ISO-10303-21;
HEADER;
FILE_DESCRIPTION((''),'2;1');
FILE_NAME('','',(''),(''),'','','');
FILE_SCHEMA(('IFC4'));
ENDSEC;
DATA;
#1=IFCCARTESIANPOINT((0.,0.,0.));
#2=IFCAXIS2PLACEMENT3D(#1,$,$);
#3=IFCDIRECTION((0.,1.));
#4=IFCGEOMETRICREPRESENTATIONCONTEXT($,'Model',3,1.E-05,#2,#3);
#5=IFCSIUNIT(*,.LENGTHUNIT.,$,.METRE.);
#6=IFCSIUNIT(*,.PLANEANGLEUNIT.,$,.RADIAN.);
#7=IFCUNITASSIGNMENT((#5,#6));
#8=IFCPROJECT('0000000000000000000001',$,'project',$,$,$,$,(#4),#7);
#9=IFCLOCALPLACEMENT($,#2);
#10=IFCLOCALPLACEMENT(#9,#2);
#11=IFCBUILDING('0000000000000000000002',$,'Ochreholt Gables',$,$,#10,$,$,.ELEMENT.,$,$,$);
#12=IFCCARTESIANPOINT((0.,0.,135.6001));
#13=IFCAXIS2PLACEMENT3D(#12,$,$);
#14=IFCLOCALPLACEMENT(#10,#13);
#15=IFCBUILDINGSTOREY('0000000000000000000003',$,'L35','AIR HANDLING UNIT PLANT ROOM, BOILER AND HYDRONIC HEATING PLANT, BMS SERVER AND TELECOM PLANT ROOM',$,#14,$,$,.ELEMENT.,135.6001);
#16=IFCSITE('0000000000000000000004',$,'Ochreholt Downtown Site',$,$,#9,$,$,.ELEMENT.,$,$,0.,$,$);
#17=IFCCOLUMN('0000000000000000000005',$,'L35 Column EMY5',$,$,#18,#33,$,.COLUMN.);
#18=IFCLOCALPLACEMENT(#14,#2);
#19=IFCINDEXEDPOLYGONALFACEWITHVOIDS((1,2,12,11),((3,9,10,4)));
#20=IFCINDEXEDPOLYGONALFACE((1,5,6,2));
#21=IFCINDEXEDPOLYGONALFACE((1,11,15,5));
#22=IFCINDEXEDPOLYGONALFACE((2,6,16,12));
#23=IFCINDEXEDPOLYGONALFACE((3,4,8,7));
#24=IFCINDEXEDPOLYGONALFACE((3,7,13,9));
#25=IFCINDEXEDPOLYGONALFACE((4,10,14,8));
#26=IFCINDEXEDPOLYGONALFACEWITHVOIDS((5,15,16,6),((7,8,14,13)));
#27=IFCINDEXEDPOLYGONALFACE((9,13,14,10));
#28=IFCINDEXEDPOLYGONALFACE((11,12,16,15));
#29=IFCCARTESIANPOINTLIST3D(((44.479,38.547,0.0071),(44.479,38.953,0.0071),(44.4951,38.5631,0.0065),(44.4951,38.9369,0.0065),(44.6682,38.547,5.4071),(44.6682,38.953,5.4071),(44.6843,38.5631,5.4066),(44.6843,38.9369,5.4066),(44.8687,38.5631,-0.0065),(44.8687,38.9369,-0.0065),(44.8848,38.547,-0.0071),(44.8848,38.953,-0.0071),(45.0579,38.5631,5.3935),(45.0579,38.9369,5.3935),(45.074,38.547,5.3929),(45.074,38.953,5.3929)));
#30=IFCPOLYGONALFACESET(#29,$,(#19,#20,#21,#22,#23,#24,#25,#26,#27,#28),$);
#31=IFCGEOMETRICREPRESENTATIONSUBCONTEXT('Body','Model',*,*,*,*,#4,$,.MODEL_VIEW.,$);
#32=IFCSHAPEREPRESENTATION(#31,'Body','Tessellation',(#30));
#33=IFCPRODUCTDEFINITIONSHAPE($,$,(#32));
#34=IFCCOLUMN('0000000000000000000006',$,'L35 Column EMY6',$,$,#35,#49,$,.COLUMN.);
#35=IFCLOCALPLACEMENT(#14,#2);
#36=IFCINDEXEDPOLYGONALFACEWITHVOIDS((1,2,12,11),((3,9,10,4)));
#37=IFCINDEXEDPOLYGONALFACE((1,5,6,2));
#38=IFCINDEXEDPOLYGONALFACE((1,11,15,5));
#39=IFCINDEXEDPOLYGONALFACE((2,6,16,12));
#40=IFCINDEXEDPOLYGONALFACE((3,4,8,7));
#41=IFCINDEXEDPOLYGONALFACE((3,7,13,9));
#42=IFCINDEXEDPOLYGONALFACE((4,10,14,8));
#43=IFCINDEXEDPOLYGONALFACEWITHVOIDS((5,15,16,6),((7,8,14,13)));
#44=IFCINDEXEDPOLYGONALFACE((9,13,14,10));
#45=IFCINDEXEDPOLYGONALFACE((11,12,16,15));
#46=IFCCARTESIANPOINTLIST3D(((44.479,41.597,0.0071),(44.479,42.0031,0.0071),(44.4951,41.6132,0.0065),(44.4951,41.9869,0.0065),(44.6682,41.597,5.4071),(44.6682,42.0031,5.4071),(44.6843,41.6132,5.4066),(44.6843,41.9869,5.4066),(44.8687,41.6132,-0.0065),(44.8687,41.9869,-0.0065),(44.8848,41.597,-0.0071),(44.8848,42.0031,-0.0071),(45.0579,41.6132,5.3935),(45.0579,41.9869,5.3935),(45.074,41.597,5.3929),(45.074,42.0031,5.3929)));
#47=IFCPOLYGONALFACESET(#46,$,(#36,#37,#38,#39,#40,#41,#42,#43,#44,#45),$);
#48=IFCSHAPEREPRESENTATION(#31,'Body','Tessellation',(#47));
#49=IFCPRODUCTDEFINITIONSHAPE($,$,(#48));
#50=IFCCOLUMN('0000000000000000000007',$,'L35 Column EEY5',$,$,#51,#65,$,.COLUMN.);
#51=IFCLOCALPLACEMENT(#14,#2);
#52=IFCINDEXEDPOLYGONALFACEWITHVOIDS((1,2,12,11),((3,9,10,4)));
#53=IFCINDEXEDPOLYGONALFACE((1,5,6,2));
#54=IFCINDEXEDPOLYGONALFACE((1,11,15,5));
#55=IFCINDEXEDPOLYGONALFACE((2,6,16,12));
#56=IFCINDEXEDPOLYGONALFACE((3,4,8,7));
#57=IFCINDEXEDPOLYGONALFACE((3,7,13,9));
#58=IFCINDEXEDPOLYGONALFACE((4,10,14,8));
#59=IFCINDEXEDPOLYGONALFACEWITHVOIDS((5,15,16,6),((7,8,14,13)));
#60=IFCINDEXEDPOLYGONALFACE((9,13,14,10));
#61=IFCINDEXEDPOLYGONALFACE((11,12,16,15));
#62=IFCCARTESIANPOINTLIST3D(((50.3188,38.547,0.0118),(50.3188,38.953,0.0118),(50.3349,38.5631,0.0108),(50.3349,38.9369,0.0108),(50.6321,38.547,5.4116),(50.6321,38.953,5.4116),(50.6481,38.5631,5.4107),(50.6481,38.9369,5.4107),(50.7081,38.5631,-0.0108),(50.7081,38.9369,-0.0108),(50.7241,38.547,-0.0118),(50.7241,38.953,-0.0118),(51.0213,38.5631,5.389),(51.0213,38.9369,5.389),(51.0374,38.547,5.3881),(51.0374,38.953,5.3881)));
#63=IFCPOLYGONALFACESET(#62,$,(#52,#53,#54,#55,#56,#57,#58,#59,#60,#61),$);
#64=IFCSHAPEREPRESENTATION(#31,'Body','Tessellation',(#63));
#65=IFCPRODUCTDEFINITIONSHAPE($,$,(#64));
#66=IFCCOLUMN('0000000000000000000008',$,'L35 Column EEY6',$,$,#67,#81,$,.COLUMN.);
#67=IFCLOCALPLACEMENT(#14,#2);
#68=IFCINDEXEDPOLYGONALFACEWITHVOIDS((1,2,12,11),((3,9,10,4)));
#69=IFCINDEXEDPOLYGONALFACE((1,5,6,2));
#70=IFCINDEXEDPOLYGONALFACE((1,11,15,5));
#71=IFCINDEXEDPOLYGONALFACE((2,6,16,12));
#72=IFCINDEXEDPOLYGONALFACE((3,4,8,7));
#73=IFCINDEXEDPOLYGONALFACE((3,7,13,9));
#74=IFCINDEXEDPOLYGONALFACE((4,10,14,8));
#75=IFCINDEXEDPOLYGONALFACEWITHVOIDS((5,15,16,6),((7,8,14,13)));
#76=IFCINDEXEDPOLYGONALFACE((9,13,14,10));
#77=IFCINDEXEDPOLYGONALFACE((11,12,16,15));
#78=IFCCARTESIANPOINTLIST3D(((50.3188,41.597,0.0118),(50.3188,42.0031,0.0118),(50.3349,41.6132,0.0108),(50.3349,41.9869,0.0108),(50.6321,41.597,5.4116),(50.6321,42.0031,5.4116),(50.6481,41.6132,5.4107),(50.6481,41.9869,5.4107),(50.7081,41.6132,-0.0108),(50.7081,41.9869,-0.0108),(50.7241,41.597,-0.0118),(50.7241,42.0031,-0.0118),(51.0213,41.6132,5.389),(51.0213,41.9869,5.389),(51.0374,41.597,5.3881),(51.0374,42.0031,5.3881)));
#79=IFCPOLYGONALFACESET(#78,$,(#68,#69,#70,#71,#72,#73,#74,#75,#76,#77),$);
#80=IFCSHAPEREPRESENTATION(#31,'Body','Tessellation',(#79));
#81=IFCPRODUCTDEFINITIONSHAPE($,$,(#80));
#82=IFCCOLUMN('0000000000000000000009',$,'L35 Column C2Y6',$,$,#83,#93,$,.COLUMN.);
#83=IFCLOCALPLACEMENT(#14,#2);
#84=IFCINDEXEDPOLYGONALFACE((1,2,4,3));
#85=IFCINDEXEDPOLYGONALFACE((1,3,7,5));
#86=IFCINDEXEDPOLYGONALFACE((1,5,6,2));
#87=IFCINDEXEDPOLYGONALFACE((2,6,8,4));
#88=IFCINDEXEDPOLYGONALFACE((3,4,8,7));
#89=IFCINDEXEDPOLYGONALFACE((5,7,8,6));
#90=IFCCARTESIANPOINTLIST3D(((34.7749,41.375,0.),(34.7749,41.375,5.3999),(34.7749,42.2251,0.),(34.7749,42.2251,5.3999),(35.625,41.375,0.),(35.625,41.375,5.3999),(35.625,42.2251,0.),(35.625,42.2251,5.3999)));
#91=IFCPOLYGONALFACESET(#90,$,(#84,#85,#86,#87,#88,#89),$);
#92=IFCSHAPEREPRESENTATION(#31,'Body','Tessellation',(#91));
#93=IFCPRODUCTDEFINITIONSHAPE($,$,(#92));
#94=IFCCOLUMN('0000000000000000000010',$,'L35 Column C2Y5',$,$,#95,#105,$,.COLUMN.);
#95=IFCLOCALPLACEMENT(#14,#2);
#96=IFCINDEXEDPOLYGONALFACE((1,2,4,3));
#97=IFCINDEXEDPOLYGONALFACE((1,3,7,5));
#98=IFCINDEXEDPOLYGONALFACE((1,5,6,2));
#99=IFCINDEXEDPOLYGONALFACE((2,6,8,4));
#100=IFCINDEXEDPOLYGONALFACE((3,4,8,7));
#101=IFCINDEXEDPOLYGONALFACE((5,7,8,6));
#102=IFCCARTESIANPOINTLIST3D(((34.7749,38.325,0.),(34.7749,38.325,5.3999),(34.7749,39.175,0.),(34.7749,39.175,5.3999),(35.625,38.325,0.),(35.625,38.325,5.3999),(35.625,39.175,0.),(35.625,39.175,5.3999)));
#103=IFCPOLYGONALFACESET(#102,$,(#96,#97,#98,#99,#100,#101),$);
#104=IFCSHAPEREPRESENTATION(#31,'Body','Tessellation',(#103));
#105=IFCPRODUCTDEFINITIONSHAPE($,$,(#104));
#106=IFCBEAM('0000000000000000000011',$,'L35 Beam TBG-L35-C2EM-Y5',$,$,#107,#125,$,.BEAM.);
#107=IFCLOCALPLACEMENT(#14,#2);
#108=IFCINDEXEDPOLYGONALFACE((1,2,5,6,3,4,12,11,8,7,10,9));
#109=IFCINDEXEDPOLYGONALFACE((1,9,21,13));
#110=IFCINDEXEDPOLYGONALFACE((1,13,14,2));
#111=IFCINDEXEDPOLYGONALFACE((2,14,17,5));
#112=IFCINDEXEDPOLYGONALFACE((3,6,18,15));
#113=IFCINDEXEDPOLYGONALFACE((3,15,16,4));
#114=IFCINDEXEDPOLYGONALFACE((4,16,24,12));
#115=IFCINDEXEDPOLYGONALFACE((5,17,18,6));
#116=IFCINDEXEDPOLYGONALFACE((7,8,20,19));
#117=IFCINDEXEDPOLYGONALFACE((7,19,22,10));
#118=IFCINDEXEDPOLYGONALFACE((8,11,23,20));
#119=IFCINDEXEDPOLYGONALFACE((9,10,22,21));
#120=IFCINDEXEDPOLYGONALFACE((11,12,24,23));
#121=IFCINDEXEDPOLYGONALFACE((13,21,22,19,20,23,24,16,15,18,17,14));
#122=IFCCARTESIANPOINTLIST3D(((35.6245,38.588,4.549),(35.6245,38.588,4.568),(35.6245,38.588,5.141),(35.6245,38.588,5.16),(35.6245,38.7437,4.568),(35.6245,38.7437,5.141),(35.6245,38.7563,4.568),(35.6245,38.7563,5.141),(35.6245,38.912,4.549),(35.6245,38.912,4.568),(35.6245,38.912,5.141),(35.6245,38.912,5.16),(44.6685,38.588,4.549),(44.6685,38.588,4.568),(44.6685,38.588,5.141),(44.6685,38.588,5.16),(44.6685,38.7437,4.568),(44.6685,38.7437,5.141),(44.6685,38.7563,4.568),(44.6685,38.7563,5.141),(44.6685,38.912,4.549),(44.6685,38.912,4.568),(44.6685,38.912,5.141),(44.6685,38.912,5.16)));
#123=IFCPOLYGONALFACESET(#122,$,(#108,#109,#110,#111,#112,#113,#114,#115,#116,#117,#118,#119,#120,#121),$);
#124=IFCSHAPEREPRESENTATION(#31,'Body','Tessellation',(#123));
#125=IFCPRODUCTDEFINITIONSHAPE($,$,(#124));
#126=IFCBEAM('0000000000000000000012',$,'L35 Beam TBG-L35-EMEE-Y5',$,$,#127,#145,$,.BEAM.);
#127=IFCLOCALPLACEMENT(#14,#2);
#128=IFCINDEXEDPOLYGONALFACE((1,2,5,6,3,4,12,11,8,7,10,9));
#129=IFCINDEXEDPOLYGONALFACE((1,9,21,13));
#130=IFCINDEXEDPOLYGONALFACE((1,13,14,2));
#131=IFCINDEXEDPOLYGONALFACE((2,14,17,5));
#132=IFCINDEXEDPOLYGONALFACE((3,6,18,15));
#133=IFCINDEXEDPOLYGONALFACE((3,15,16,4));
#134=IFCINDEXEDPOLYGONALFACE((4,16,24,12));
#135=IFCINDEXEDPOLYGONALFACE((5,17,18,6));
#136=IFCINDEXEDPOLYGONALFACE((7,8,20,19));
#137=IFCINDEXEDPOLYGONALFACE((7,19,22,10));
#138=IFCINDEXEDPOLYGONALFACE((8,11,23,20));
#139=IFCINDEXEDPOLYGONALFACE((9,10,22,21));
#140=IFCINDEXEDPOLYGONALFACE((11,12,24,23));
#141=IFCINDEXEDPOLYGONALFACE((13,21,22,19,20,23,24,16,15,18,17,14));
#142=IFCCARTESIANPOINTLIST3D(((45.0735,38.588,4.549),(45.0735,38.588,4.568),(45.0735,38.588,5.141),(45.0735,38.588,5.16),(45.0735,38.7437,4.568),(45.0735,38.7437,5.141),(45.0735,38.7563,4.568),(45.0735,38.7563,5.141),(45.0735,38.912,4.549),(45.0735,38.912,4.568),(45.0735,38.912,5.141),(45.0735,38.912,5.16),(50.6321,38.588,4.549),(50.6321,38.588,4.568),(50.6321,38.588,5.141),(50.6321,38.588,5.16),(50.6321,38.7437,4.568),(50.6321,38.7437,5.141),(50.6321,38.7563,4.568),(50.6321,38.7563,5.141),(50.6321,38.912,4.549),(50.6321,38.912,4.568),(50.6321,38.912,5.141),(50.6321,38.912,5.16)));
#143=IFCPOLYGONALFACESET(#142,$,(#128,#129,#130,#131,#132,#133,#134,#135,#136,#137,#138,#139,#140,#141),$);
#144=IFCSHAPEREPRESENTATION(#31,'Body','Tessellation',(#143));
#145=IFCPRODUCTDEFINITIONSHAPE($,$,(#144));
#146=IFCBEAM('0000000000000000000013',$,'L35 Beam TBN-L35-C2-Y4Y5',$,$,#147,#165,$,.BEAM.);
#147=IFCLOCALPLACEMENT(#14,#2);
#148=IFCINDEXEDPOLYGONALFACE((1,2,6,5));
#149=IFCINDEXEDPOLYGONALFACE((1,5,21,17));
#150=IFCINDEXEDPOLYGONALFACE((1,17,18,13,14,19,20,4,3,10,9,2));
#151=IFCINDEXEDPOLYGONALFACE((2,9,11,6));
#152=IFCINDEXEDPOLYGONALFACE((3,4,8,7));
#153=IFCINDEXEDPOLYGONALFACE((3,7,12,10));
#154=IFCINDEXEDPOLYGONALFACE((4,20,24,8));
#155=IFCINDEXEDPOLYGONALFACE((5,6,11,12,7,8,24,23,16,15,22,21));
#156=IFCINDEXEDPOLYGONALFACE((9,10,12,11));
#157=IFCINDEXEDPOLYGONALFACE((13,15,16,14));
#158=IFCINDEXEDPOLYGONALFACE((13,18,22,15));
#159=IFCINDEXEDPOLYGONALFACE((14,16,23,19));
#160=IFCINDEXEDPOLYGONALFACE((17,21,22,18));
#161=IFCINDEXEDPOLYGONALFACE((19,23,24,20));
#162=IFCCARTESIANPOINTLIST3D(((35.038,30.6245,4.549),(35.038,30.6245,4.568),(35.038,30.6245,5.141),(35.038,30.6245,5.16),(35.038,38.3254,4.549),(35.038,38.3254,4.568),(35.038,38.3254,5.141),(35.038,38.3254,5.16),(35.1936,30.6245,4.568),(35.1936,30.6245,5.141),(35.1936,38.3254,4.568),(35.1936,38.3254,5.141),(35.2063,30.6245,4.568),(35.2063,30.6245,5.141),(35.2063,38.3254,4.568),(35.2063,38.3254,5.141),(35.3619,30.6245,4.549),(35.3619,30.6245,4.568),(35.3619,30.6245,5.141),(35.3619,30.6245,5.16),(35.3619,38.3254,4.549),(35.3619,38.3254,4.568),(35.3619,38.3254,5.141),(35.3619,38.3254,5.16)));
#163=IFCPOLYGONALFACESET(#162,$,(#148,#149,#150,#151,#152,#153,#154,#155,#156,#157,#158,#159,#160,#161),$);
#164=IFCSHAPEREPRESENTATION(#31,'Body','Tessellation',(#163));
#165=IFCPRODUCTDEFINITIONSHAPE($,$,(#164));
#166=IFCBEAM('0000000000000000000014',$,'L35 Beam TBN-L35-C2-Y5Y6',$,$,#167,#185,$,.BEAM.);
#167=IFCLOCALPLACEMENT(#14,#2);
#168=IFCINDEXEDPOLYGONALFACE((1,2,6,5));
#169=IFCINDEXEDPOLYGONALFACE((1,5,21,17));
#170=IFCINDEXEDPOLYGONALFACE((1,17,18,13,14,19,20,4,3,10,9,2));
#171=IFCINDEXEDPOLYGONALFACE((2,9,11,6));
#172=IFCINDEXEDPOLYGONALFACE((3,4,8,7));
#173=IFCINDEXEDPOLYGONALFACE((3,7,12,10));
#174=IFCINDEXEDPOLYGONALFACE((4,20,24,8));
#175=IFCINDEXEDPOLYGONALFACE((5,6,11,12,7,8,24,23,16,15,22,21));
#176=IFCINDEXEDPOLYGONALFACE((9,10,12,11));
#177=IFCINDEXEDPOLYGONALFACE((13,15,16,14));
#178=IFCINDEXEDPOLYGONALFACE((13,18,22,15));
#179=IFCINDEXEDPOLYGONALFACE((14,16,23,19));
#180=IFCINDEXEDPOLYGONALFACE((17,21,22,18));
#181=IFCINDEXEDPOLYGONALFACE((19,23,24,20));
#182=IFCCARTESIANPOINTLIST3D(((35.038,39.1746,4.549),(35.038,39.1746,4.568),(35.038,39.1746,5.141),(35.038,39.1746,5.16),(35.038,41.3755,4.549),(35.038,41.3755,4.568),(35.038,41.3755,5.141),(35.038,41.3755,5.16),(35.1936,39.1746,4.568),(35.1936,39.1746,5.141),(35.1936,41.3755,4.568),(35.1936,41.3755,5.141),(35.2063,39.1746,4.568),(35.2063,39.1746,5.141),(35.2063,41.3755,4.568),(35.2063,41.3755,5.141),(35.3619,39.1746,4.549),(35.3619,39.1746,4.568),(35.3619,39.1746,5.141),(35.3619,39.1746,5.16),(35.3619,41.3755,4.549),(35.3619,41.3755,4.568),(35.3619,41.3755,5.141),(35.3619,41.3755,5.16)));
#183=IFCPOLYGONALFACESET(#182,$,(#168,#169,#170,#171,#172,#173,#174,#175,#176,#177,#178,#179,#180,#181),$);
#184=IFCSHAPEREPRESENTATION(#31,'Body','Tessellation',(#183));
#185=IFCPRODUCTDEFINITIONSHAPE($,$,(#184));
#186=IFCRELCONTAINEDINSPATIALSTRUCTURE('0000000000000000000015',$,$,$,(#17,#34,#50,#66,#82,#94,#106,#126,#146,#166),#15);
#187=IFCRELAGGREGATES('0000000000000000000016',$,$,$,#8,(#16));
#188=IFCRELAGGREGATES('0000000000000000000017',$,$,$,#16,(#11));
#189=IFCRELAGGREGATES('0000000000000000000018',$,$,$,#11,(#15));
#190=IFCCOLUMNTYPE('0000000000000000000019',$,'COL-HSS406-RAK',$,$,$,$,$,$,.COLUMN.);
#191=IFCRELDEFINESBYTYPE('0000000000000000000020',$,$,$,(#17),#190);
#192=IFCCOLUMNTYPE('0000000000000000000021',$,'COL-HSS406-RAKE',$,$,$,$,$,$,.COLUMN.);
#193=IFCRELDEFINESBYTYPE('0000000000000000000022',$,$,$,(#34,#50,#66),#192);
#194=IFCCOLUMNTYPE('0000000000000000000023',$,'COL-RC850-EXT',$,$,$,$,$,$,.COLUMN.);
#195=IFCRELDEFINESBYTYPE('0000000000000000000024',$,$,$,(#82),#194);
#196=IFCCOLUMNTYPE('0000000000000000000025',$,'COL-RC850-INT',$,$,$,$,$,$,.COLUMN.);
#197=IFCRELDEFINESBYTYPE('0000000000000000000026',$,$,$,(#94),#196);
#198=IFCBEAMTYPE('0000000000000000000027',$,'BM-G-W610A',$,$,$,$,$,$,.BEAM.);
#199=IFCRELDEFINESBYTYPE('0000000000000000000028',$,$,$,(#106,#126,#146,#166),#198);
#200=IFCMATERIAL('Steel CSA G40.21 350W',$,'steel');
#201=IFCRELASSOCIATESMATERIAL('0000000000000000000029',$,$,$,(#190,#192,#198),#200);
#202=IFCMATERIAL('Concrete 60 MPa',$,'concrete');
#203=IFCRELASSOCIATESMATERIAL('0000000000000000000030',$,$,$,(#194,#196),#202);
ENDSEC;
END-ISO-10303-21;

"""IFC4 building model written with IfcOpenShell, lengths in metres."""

from ifc_helpers import new_model, si_unit, direction, frame, origin, origin_2d, place, context, subcontext, project, spatial, rectangle, hollow_rectangle, i_section, extrude, material, material_profile, profile_set, type_object, element, save


model = new_model("IFC4")

# Units and contexts
model_context = context("Model", 3, precision=1e-05, world=origin(), true_north=direction((0.0, 1.0)))
body_context = subcontext(model_context, "Body", "Model", "MODEL_VIEW")
ifc_project = project(units=[si_unit("LENGTHUNIT", "METRE"), si_unit("PLANEANGLEUNIT", "RADIAN")], contexts=[model_context])

# Site, building, storey
site_placement = place(None, origin())
site = spatial("IfcSite", under=ifc_project, at=site_placement, Name="Ochreholt Downtown Site", CompositionType="ELEMENT", RefElevation=0.0)
building_placement = place(site_placement, origin())
building = spatial("IfcBuilding", under=site, at=building_placement, Name="Ochreholt Gables", CompositionType="ELEMENT")
storey_placement = place(building_placement, frame((0.0, 0.0, 135.6001)))
storey = spatial("IfcBuildingStorey", under=building, at=storey_placement, Name="L35", Description="AIR HANDLING UNIT PLANT ROOM, BOILER AND HYDRONIC HEATING PLANT, BMS SERVER AND TELECOM PLANT ROOM", CompositionType="ELEMENT", Elevation=135.6001)

# Columns
ifc_material_1 = material(Name="Steel CSA G40.21 350W", Category="steel")
ifc_material_profile_1 = material_profile(ifc_material_1, hollow_rectangle(XDim=0.406, YDim=0.406, WallThickness=0.0161, at=origin_2d()), Name="HSS406X406X16")
ifc_profile_set_1 = profile_set([ifc_material_profile_1], Name="Steel CSA G40.21 350W")
column_type_1 = type_object("IfcColumnType", Name="COL-HSS406-RAK", PredefinedType="COLUMN", material=ifc_profile_set_1)
column_1_placement = place(storey_placement, frame((44.6819, 38.75, 0.0), z_axis=(0.035018, 0.0, 0.999387), x_axis=(0.0, 1.0, 0.0)))
element("IfcColumn", 1, at=column_1_placement, inside=storey, type_object=column_type_1, Name="L35 Column EMY5", PredefinedType="COLUMN", context=body_context, shape_type="SweptSolid", body=[
    extrude(hollow_rectangle(XDim=0.406, YDim=0.406, WallThickness=0.0161, at=origin_2d()), origin(), (0.0, 0.0, 1.0), 5.4033),
])
ifc_material_profile_2 = material_profile(ifc_material_1, hollow_rectangle(XDim=0.406, YDim=0.406, WallThickness=0.0161, at=origin_2d()), Name="HSS406X406X16")
ifc_profile_set_2 = profile_set([ifc_material_profile_2], Name="Steel CSA G40.21 350W")
column_type_2 = type_object("IfcColumnType", Name="COL-HSS406-RAKE", PredefinedType="COLUMN", material=ifc_profile_set_2)
column_2_placement = place(storey_placement, frame((44.6819, 41.8, 0.0), z_axis=(0.035018, 0.0, 0.999387), x_axis=(0.0, 1.0, 0.0)))
element("IfcColumn", 2, at=column_2_placement, inside=storey, type_object=column_type_2, Name="L35 Column EMY6", PredefinedType="COLUMN", context=body_context, shape_type="SweptSolid", body=[
    extrude(hollow_rectangle(XDim=0.406, YDim=0.406, WallThickness=0.0161, at=origin_2d()), origin(), (0.0, 0.0, 1.0), 5.4033),
])
for number, where, z_axis, x_axis, name in (
    (3, (50.5215, 38.75, 0.0), (0.05791, 0.0, 0.998322), (0.0, 1.0, 0.0), "L35 Column EEY5"),
    (4, (50.5215, 41.8, 0.0), (0.05791, 0.0, 0.998322), (0.0, 1.0, 0.0), "L35 Column EEY6"),
):
    element("IfcColumn", number, at=place(storey_placement, frame(where, z_axis=z_axis, x_axis=x_axis)), inside=storey, type_object=column_type_2, Name=name, PredefinedType="COLUMN", context=body_context, shape_type="SweptSolid", body=[
        extrude(hollow_rectangle(XDim=0.406, YDim=0.406, WallThickness=0.0161, at=origin_2d()), origin(), (0.0, 0.0, 1.0), 5.4089),
    ])
ifc_material_2 = material(Name="Concrete 60 MPa", Category="concrete")
ifc_material_profile_3 = material_profile(ifc_material_2, rectangle(XDim=0.8501, YDim=0.8501, at=origin_2d()), Name="RC850X850")
ifc_profile_set_3 = profile_set([ifc_material_profile_3], Name="Concrete 60 MPa")
column_type_3 = type_object("IfcColumnType", Name="COL-RC850-EXT", PredefinedType="COLUMN", material=ifc_profile_set_3)
column_3_placement = place(storey_placement, frame((35.2, 41.8, 0.0), z_axis=(0.0, 0.0, 1.0), x_axis=(1.0, 0.0, 0.0)))
element("IfcColumn", 5, at=column_3_placement, inside=storey, type_object=column_type_3, Name="L35 Column C2Y6", PredefinedType="COLUMN", context=body_context, shape_type="SweptSolid", body=[
    extrude(rectangle(XDim=0.8501, YDim=0.8501, at=origin_2d()), origin(), (0.0, 0.0, 1.0), 5.3999),
])
ifc_material_profile_4 = material_profile(ifc_material_2, rectangle(XDim=0.8501, YDim=0.8501, at=origin_2d()), Name="RC850X850")
ifc_profile_set_4 = profile_set([ifc_material_profile_4], Name="Concrete 60 MPa")
column_type_4 = type_object("IfcColumnType", Name="COL-RC850-INT", PredefinedType="COLUMN", material=ifc_profile_set_4)
column_4_placement = place(storey_placement, frame((35.2, 38.75, 0.0), z_axis=(0.0, 0.0, 1.0), x_axis=(1.0, 0.0, 0.0)))
element("IfcColumn", 6, at=column_4_placement, inside=storey, type_object=column_type_4, Name="L35 Column C2Y5", PredefinedType="COLUMN", context=body_context, shape_type="SweptSolid", body=[
    extrude(rectangle(XDim=0.8501, YDim=0.8501, at=origin_2d()), origin(), (0.0, 0.0, 1.0), 5.3999),
])

# Beams
ifc_material_profile_5 = material_profile(ifc_material_1, i_section(OverallWidth=0.324, OverallDepth=0.6111, WebThickness=0.0127, FlangeThickness=0.019, at=origin_2d()), Name="W610X155")
ifc_profile_set_5 = profile_set([ifc_material_profile_5], Name="Steel CSA G40.21 350W")
beam_type_1 = type_object("IfcBeamType", Name="BM-G-W610A", PredefinedType="BEAM", material=ifc_profile_set_5)
beam_1_placement = place(storey_placement, frame((35.6245, 38.75, 4.8545), z_axis=(1.0, 0.0, 0.0), x_axis=(0.0, 1.0, 0.0)))
element("IfcBeam", 7, at=beam_1_placement, inside=storey, type_object=beam_type_1, Name="L35 Beam TBG-L35-C2EM-Y5", PredefinedType="BEAM", context=body_context, shape_type="SweptSolid", body=[
    extrude(i_section(OverallWidth=0.324, OverallDepth=0.6111, WebThickness=0.0127, FlangeThickness=0.019, at=origin_2d()), origin(), (0.0, 0.0, 1.0), 9.0439),
])
beam_2_placement = place(storey_placement, frame((45.0735, 38.75, 4.8545), z_axis=(1.0, 0.0, 0.0), x_axis=(0.0, 1.0, 0.0)))
element("IfcBeam", 8, at=beam_2_placement, inside=storey, type_object=beam_type_1, Name="L35 Beam TBG-L35-EMEE-Y5", PredefinedType="BEAM", context=body_context, shape_type="SweptSolid", body=[
    extrude(i_section(OverallWidth=0.324, OverallDepth=0.6111, WebThickness=0.0127, FlangeThickness=0.019, at=origin_2d()), origin(), (0.0, 0.0, 1.0), 5.5586),
])
beam_3_placement = place(storey_placement, frame((35.2, 30.6245, 4.8545), z_axis=(0.0, 1.0, 0.0), x_axis=(-1.0, 0.0, 0.0)))
element("IfcBeam", 9, at=beam_3_placement, inside=storey, type_object=beam_type_1, Name="L35 Beam TBN-L35-C2-Y4Y5", PredefinedType="BEAM", context=body_context, shape_type="SweptSolid", body=[
    extrude(i_section(OverallWidth=0.324, OverallDepth=0.6111, WebThickness=0.0127, FlangeThickness=0.019, at=origin_2d()), origin(), (0.0, 0.0, 1.0), 7.7009),
])
beam_4_placement = place(storey_placement, frame((35.2, 39.1746, 4.8545), z_axis=(0.0, 1.0, 0.0), x_axis=(-1.0, 0.0, 0.0)))
element("IfcBeam", 10, at=beam_4_placement, inside=storey, type_object=beam_type_1, Name="L35 Beam TBN-L35-C2-Y5Y6", PredefinedType="BEAM", context=body_context, shape_type="SweptSolid", body=[
    extrude(i_section(OverallWidth=0.324, OverallDepth=0.6111, WebThickness=0.0127, FlangeThickness=0.019, at=origin_2d()), origin(), (0.0, 0.0, 1.0), 2.2009),
])

save(model, "model.ifc")
